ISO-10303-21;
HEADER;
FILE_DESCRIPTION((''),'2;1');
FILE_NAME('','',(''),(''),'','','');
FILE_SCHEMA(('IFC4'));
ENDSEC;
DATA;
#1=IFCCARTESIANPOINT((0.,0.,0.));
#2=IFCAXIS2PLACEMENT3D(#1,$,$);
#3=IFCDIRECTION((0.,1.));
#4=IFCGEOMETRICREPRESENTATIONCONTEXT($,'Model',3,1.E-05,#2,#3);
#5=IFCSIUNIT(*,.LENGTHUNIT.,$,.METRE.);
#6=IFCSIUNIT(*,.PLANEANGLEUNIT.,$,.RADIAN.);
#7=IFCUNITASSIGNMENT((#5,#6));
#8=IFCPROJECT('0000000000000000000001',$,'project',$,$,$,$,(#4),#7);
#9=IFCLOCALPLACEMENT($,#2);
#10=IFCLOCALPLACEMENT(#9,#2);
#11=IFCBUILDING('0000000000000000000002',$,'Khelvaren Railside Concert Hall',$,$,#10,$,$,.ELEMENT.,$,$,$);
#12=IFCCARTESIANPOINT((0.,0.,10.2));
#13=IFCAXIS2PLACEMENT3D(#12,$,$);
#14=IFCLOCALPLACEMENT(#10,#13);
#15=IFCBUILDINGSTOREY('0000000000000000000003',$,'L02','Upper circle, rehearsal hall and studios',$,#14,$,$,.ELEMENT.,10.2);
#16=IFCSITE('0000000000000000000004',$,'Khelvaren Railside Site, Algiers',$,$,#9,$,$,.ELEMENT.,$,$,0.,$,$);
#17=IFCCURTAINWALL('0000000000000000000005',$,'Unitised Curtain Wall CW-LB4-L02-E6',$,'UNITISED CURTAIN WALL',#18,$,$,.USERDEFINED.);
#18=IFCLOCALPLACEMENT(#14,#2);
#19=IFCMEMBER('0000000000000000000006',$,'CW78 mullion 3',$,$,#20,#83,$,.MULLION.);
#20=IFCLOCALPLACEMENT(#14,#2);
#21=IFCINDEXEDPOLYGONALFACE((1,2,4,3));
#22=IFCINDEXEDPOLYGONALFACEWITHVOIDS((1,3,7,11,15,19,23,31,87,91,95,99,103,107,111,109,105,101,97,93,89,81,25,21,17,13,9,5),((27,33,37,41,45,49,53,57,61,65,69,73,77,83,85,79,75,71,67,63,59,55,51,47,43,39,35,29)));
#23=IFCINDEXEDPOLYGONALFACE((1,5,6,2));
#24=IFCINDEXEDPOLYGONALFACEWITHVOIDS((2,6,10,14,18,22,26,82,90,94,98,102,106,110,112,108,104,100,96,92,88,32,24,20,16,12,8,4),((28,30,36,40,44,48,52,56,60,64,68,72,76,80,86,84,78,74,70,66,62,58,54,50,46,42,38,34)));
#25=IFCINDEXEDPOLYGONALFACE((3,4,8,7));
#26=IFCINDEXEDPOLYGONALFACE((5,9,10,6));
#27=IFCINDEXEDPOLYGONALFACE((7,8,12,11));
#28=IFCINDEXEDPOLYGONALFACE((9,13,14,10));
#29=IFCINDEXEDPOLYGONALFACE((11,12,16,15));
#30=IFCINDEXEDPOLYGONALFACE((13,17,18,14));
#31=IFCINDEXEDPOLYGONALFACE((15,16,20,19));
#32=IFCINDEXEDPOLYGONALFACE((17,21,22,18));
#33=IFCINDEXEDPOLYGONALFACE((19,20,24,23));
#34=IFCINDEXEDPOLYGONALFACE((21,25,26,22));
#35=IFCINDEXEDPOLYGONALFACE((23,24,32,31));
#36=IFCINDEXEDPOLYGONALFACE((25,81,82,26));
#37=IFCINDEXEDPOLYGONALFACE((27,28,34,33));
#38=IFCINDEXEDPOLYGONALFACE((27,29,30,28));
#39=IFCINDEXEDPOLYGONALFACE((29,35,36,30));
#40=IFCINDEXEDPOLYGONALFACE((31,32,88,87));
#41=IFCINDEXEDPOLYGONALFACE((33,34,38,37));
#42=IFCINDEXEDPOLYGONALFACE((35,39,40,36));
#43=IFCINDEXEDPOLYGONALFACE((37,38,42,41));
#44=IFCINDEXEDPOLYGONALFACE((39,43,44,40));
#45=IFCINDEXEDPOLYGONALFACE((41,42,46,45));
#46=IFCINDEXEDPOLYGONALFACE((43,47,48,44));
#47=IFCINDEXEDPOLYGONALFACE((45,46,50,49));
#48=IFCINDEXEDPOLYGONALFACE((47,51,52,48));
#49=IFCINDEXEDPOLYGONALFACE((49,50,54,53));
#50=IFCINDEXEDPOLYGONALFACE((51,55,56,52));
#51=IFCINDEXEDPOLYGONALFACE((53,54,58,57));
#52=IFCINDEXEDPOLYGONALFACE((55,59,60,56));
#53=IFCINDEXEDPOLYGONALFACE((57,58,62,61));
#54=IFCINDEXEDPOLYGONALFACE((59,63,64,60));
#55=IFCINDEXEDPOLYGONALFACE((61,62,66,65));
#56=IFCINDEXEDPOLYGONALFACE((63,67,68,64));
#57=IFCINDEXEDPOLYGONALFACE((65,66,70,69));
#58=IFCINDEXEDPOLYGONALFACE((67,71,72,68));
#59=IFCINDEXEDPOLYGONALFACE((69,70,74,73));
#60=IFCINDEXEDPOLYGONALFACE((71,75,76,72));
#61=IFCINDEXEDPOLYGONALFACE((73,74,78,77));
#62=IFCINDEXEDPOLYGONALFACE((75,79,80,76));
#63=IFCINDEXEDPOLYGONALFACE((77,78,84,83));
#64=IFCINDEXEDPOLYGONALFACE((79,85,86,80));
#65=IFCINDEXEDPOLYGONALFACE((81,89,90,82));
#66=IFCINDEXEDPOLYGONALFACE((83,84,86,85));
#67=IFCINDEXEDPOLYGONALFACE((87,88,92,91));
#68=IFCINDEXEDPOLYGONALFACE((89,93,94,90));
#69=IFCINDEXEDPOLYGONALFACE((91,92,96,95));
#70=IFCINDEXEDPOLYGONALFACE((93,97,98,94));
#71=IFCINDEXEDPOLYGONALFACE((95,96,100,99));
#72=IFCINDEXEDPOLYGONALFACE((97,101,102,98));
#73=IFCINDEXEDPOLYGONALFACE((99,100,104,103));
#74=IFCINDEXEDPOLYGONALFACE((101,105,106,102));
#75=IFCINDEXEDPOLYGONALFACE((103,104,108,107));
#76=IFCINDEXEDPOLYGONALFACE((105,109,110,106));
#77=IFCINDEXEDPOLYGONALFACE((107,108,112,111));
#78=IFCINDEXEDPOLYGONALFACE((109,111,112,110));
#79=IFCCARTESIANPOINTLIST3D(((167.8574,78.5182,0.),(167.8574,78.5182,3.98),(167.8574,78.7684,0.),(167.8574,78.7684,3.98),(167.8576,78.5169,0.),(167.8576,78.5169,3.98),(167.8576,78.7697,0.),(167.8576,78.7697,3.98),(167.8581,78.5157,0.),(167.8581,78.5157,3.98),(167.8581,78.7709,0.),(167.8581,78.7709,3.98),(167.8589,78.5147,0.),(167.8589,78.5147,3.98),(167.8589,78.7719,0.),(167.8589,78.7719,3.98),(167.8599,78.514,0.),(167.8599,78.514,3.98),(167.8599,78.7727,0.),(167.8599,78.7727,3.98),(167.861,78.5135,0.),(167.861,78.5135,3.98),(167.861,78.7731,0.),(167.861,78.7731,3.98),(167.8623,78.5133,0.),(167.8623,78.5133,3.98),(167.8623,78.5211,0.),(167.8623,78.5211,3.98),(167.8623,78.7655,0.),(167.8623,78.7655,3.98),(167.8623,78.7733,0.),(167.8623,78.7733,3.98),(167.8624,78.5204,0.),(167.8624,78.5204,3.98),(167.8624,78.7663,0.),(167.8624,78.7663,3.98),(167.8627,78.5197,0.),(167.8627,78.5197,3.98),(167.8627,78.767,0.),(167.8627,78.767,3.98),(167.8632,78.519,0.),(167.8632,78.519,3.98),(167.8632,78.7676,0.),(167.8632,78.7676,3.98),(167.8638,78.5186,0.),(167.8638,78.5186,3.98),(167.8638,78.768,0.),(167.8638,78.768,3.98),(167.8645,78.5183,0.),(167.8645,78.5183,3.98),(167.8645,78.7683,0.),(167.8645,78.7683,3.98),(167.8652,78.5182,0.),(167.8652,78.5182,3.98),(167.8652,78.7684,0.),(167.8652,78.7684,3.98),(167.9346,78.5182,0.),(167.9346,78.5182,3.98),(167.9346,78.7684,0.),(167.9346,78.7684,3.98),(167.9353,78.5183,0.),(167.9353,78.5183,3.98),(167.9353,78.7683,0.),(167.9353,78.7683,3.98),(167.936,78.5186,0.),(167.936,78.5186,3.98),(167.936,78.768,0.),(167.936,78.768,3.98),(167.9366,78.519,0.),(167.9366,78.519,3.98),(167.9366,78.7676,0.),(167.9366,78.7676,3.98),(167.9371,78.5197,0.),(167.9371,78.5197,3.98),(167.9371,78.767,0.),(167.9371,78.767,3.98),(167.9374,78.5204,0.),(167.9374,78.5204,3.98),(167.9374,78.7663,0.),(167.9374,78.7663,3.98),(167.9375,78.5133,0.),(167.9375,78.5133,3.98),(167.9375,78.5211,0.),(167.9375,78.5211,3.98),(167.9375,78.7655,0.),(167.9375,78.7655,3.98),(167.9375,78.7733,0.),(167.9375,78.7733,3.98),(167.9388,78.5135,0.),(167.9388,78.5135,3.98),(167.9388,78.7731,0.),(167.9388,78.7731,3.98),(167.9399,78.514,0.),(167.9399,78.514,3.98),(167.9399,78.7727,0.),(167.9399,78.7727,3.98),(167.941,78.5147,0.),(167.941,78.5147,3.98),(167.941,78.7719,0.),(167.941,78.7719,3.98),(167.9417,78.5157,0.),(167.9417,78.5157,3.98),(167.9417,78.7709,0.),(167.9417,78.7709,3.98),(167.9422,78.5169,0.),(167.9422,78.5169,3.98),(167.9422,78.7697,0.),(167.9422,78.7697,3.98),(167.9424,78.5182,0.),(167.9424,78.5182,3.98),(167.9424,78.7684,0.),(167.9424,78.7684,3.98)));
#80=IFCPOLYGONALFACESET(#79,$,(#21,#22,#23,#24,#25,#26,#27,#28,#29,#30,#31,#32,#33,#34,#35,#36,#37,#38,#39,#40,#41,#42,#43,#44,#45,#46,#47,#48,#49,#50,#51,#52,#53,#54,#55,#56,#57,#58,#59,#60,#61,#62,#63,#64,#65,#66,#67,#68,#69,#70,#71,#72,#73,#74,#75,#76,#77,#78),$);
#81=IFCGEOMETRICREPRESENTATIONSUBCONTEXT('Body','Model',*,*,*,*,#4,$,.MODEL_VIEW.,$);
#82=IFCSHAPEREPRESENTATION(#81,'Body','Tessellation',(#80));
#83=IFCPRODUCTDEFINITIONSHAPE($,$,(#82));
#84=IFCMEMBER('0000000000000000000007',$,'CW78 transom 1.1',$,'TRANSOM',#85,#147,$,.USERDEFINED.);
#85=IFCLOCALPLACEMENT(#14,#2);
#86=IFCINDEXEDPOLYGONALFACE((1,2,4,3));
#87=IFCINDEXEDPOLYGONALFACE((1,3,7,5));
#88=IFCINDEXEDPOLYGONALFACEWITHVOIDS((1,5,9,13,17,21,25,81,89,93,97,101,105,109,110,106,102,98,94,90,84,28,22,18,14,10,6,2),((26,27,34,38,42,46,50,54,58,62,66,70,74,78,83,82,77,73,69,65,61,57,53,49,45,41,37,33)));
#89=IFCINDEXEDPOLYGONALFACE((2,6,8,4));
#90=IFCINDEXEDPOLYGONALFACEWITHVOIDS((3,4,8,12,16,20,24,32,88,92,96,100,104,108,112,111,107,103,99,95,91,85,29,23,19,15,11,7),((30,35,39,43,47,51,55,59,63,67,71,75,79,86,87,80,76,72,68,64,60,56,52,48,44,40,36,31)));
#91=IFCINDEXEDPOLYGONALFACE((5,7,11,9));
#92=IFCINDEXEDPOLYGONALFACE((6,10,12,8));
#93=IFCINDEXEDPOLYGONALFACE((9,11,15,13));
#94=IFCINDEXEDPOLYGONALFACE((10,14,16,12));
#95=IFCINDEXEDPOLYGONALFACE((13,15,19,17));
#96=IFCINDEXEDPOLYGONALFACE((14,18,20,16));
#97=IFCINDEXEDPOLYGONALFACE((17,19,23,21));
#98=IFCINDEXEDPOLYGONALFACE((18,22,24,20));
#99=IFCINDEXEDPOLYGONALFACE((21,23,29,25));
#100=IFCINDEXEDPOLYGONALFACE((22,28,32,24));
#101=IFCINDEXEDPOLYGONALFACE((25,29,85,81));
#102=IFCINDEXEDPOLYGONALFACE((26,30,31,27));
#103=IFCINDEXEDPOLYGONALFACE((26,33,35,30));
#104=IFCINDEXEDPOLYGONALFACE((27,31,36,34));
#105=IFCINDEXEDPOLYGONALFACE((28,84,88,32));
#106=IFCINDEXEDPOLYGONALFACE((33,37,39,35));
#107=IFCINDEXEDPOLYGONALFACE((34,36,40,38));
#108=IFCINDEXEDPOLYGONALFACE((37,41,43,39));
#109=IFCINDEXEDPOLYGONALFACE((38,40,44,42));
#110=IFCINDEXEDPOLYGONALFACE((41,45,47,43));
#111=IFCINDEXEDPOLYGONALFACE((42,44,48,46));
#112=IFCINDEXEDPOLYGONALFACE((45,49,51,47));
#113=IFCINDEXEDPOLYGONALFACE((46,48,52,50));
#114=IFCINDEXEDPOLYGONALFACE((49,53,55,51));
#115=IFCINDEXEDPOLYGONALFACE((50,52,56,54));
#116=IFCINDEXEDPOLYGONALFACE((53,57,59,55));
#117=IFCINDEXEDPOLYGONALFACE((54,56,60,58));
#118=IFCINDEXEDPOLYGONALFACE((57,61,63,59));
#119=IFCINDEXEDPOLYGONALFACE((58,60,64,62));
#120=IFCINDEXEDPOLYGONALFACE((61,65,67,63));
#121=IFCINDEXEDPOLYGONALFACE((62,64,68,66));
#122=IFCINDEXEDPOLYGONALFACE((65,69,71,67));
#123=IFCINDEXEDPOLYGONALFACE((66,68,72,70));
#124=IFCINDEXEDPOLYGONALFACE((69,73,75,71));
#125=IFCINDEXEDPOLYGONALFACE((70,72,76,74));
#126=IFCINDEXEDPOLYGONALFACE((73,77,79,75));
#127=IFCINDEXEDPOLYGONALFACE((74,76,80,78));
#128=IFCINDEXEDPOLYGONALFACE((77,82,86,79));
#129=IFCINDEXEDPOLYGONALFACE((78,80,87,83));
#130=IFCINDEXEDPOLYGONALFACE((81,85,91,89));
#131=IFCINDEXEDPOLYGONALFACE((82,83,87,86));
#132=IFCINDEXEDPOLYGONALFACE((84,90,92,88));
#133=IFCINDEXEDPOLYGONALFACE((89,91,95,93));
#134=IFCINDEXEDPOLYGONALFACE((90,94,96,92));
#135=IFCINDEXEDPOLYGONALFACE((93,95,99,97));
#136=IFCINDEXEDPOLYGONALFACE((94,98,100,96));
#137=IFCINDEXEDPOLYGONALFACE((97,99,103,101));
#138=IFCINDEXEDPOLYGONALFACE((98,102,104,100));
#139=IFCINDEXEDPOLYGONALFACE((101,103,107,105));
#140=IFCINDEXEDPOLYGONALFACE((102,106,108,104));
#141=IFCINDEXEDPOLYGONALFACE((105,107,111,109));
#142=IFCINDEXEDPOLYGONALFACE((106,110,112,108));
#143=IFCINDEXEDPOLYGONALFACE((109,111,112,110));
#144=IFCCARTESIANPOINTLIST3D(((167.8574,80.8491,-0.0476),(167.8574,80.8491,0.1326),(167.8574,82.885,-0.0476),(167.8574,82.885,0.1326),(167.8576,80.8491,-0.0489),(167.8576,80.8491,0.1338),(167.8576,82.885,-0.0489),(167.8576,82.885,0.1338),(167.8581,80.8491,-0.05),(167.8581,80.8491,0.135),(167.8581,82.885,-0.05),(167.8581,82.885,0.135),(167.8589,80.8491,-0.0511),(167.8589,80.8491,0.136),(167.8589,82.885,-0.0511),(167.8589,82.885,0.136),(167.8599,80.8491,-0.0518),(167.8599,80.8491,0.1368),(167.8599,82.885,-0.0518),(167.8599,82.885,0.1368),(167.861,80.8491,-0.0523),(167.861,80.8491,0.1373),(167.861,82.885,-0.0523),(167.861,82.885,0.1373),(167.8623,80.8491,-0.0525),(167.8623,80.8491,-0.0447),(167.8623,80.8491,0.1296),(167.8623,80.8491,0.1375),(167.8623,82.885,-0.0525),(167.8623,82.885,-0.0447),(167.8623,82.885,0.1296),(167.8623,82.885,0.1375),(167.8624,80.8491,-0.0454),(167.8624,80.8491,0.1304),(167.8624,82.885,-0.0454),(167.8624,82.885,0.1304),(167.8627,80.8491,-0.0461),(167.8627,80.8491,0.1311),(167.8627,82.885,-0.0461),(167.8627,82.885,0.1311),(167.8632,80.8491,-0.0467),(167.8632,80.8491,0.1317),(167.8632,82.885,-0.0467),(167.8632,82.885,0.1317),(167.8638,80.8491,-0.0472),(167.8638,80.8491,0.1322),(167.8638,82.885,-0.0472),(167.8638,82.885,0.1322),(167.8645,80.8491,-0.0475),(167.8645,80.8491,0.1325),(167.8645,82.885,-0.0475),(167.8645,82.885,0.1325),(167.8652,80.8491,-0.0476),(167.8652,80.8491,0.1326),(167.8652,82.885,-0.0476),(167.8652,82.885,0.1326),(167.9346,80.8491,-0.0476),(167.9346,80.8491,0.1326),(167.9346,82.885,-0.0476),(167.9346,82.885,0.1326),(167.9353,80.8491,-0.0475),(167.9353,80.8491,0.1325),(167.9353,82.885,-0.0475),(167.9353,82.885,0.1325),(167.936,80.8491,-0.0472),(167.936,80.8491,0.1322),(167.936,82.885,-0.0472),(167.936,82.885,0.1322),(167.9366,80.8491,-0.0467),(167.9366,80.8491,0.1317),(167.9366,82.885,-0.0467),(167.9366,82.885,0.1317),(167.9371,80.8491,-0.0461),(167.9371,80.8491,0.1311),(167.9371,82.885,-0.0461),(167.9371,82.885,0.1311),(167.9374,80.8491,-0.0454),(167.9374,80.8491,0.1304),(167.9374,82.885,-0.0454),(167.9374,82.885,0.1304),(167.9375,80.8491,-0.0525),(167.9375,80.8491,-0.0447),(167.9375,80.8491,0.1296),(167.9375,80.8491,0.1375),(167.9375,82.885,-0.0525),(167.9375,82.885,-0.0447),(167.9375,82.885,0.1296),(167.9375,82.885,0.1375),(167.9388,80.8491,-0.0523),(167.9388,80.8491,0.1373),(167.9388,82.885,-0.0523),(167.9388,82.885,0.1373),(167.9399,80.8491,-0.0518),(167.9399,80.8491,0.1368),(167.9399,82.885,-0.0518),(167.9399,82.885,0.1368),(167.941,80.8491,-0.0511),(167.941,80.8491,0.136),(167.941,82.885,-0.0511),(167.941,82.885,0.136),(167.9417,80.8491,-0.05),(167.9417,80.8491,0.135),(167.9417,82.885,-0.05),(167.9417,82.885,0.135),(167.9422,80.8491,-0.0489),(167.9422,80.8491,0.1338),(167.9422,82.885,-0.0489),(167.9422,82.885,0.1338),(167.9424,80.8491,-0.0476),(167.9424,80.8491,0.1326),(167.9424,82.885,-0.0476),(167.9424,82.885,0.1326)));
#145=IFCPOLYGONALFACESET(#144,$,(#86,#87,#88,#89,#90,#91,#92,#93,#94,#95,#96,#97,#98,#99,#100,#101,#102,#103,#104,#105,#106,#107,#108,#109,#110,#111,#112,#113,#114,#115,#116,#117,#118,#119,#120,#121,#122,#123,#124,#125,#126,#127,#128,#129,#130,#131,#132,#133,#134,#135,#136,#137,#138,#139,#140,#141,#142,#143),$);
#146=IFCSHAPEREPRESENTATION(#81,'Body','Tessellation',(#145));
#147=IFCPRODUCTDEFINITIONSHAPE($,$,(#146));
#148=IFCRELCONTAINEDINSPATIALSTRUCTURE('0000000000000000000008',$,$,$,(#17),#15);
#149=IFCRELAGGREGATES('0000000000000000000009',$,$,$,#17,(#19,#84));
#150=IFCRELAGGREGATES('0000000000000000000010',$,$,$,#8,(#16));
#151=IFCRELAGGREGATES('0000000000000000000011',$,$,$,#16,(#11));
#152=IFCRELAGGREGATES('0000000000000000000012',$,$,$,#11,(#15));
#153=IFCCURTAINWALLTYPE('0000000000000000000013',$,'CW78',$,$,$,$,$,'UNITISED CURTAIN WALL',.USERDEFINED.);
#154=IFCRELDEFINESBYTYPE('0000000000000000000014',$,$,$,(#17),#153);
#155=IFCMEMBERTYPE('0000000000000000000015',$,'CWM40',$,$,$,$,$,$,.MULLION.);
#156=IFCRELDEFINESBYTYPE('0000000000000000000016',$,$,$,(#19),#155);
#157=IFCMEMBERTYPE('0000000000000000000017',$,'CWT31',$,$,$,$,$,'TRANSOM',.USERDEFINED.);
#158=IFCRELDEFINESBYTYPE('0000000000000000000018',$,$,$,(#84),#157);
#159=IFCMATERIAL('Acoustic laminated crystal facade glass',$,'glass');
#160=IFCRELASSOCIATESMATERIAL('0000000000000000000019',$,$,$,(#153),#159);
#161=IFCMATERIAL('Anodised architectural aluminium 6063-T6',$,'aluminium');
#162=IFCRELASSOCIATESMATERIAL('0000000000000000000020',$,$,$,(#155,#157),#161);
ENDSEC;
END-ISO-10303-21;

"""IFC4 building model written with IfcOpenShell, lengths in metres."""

from ifc_helpers import new_model, si_unit, direction, frame, origin, origin_2d, place, context, subcontext, project, spatial, hollow_rectangle, extrude, material, material_profile, profile_set, type_object, element, aggregate, save


model = new_model("IFC4")

# Units and contexts
model_context = context("Model", 3, precision=1e-05, world=origin(), true_north=direction((0.0, 1.0)))
body_context = subcontext(model_context, "Body", "Model", "MODEL_VIEW")
ifc_project = project(units=[si_unit("LENGTHUNIT", "METRE"), si_unit("PLANEANGLEUNIT", "RADIAN")], contexts=[model_context])

# Site, building, storey
site_placement = place(None, origin())
site = spatial("IfcSite", under=ifc_project, at=site_placement, Name="Khelvaren Railside Site, Algiers", CompositionType="ELEMENT", RefElevation=0.0)
building_placement = place(site_placement, origin())
building = spatial("IfcBuilding", under=site, at=building_placement, Name="Khelvaren Railside Concert Hall", CompositionType="ELEMENT")
storey_placement = place(building_placement, frame((0.0, 0.0, 10.2)))
storey = spatial("IfcBuildingStorey", under=building, at=storey_placement, Name="L02", Description="Upper circle, rehearsal hall and studios", CompositionType="ELEMENT", Elevation=10.2)

# Curtain wall, members
ifc_material_1 = material(Name="Acoustic laminated crystal facade glass", Category="glass")
curtain_wall_type = type_object("IfcCurtainWallType", Name="CW78", ElementType="UNITISED CURTAIN WALL", PredefinedType="USERDEFINED", material=ifc_material_1)
curtain_wall_placement = place(storey_placement, origin())
curtain_wall = element("IfcCurtainWall", 1, at=curtain_wall_placement, inside=storey, type_object=curtain_wall_type, Name="Unitised Curtain Wall CW-LB4-L02-E6", ObjectType="UNITISED CURTAIN WALL", PredefinedType="USERDEFINED")
ifc_material_2 = material(Name="Anodised architectural aluminium 6063-T6", Category="aluminium")
ifc_material_profile_1 = material_profile(ifc_material_2, hollow_rectangle(XDim=0.085, YDim=0.26, WallThickness=0.0049, InnerFilletRadius=0.0029, OuterFilletRadius=0.0049, at=origin_2d()), Name="CWM 85x260x5")
ifc_profile_set_1 = profile_set([ifc_material_profile_1], Name="Anodised architectural aluminium 6063-T6")
member_type_1 = type_object("IfcMemberType", Name="CWM40", PredefinedType="MULLION", material=ifc_profile_set_1)
member_1_placement = place(storey_placement, frame((167.8999, 78.6433, 0.0), z_axis=(0.0, 0.0, 1.0), x_axis=(1.0, 0.0, 0.0)))
member_1 = element("IfcMember", 2, at=member_1_placement, type_object=member_type_1, Name="CW78 mullion 3", PredefinedType="MULLION", context=body_context, shape_type="SweptSolid", body=[
    extrude(hollow_rectangle(XDim=0.085, YDim=0.26, WallThickness=0.0049, InnerFilletRadius=0.0029, OuterFilletRadius=0.0049, at=origin_2d()), origin(), (0.0, 0.0, 1.0), 3.98),
])
ifc_material_profile_2 = material_profile(ifc_material_2, hollow_rectangle(XDim=0.085, YDim=0.1899, WallThickness=0.0049, InnerFilletRadius=0.0029, OuterFilletRadius=0.0049, at=origin_2d()), Name="CWT 85x190x5")
ifc_profile_set_2 = profile_set([ifc_material_profile_2], Name="Anodised architectural aluminium 6063-T6")
member_type_2 = type_object("IfcMemberType", Name="CWT31", ElementType="TRANSOM", PredefinedType="USERDEFINED", material=ifc_profile_set_2)
member_2_placement = place(storey_placement, frame((167.8999, 82.885, 0.0425), z_axis=(0.0, -1.0, 0.0), x_axis=(1.0, 0.0, 0.0)))
member_2 = element("IfcMember", 3, at=member_2_placement, type_object=member_type_2, Name="CW78 transom 1.1", ObjectType="TRANSOM", PredefinedType="USERDEFINED", context=body_context, shape_type="SweptSolid", body=[
    extrude(hollow_rectangle(XDim=0.085, YDim=0.1899, WallThickness=0.0049, InnerFilletRadius=0.0029, OuterFilletRadius=0.0049, at=origin_2d()), origin(), (0.0, 0.0, 1.0), 2.0359),
])

aggregate(curtain_wall, [member_1, member_2])

save(model, "model.ifc")
